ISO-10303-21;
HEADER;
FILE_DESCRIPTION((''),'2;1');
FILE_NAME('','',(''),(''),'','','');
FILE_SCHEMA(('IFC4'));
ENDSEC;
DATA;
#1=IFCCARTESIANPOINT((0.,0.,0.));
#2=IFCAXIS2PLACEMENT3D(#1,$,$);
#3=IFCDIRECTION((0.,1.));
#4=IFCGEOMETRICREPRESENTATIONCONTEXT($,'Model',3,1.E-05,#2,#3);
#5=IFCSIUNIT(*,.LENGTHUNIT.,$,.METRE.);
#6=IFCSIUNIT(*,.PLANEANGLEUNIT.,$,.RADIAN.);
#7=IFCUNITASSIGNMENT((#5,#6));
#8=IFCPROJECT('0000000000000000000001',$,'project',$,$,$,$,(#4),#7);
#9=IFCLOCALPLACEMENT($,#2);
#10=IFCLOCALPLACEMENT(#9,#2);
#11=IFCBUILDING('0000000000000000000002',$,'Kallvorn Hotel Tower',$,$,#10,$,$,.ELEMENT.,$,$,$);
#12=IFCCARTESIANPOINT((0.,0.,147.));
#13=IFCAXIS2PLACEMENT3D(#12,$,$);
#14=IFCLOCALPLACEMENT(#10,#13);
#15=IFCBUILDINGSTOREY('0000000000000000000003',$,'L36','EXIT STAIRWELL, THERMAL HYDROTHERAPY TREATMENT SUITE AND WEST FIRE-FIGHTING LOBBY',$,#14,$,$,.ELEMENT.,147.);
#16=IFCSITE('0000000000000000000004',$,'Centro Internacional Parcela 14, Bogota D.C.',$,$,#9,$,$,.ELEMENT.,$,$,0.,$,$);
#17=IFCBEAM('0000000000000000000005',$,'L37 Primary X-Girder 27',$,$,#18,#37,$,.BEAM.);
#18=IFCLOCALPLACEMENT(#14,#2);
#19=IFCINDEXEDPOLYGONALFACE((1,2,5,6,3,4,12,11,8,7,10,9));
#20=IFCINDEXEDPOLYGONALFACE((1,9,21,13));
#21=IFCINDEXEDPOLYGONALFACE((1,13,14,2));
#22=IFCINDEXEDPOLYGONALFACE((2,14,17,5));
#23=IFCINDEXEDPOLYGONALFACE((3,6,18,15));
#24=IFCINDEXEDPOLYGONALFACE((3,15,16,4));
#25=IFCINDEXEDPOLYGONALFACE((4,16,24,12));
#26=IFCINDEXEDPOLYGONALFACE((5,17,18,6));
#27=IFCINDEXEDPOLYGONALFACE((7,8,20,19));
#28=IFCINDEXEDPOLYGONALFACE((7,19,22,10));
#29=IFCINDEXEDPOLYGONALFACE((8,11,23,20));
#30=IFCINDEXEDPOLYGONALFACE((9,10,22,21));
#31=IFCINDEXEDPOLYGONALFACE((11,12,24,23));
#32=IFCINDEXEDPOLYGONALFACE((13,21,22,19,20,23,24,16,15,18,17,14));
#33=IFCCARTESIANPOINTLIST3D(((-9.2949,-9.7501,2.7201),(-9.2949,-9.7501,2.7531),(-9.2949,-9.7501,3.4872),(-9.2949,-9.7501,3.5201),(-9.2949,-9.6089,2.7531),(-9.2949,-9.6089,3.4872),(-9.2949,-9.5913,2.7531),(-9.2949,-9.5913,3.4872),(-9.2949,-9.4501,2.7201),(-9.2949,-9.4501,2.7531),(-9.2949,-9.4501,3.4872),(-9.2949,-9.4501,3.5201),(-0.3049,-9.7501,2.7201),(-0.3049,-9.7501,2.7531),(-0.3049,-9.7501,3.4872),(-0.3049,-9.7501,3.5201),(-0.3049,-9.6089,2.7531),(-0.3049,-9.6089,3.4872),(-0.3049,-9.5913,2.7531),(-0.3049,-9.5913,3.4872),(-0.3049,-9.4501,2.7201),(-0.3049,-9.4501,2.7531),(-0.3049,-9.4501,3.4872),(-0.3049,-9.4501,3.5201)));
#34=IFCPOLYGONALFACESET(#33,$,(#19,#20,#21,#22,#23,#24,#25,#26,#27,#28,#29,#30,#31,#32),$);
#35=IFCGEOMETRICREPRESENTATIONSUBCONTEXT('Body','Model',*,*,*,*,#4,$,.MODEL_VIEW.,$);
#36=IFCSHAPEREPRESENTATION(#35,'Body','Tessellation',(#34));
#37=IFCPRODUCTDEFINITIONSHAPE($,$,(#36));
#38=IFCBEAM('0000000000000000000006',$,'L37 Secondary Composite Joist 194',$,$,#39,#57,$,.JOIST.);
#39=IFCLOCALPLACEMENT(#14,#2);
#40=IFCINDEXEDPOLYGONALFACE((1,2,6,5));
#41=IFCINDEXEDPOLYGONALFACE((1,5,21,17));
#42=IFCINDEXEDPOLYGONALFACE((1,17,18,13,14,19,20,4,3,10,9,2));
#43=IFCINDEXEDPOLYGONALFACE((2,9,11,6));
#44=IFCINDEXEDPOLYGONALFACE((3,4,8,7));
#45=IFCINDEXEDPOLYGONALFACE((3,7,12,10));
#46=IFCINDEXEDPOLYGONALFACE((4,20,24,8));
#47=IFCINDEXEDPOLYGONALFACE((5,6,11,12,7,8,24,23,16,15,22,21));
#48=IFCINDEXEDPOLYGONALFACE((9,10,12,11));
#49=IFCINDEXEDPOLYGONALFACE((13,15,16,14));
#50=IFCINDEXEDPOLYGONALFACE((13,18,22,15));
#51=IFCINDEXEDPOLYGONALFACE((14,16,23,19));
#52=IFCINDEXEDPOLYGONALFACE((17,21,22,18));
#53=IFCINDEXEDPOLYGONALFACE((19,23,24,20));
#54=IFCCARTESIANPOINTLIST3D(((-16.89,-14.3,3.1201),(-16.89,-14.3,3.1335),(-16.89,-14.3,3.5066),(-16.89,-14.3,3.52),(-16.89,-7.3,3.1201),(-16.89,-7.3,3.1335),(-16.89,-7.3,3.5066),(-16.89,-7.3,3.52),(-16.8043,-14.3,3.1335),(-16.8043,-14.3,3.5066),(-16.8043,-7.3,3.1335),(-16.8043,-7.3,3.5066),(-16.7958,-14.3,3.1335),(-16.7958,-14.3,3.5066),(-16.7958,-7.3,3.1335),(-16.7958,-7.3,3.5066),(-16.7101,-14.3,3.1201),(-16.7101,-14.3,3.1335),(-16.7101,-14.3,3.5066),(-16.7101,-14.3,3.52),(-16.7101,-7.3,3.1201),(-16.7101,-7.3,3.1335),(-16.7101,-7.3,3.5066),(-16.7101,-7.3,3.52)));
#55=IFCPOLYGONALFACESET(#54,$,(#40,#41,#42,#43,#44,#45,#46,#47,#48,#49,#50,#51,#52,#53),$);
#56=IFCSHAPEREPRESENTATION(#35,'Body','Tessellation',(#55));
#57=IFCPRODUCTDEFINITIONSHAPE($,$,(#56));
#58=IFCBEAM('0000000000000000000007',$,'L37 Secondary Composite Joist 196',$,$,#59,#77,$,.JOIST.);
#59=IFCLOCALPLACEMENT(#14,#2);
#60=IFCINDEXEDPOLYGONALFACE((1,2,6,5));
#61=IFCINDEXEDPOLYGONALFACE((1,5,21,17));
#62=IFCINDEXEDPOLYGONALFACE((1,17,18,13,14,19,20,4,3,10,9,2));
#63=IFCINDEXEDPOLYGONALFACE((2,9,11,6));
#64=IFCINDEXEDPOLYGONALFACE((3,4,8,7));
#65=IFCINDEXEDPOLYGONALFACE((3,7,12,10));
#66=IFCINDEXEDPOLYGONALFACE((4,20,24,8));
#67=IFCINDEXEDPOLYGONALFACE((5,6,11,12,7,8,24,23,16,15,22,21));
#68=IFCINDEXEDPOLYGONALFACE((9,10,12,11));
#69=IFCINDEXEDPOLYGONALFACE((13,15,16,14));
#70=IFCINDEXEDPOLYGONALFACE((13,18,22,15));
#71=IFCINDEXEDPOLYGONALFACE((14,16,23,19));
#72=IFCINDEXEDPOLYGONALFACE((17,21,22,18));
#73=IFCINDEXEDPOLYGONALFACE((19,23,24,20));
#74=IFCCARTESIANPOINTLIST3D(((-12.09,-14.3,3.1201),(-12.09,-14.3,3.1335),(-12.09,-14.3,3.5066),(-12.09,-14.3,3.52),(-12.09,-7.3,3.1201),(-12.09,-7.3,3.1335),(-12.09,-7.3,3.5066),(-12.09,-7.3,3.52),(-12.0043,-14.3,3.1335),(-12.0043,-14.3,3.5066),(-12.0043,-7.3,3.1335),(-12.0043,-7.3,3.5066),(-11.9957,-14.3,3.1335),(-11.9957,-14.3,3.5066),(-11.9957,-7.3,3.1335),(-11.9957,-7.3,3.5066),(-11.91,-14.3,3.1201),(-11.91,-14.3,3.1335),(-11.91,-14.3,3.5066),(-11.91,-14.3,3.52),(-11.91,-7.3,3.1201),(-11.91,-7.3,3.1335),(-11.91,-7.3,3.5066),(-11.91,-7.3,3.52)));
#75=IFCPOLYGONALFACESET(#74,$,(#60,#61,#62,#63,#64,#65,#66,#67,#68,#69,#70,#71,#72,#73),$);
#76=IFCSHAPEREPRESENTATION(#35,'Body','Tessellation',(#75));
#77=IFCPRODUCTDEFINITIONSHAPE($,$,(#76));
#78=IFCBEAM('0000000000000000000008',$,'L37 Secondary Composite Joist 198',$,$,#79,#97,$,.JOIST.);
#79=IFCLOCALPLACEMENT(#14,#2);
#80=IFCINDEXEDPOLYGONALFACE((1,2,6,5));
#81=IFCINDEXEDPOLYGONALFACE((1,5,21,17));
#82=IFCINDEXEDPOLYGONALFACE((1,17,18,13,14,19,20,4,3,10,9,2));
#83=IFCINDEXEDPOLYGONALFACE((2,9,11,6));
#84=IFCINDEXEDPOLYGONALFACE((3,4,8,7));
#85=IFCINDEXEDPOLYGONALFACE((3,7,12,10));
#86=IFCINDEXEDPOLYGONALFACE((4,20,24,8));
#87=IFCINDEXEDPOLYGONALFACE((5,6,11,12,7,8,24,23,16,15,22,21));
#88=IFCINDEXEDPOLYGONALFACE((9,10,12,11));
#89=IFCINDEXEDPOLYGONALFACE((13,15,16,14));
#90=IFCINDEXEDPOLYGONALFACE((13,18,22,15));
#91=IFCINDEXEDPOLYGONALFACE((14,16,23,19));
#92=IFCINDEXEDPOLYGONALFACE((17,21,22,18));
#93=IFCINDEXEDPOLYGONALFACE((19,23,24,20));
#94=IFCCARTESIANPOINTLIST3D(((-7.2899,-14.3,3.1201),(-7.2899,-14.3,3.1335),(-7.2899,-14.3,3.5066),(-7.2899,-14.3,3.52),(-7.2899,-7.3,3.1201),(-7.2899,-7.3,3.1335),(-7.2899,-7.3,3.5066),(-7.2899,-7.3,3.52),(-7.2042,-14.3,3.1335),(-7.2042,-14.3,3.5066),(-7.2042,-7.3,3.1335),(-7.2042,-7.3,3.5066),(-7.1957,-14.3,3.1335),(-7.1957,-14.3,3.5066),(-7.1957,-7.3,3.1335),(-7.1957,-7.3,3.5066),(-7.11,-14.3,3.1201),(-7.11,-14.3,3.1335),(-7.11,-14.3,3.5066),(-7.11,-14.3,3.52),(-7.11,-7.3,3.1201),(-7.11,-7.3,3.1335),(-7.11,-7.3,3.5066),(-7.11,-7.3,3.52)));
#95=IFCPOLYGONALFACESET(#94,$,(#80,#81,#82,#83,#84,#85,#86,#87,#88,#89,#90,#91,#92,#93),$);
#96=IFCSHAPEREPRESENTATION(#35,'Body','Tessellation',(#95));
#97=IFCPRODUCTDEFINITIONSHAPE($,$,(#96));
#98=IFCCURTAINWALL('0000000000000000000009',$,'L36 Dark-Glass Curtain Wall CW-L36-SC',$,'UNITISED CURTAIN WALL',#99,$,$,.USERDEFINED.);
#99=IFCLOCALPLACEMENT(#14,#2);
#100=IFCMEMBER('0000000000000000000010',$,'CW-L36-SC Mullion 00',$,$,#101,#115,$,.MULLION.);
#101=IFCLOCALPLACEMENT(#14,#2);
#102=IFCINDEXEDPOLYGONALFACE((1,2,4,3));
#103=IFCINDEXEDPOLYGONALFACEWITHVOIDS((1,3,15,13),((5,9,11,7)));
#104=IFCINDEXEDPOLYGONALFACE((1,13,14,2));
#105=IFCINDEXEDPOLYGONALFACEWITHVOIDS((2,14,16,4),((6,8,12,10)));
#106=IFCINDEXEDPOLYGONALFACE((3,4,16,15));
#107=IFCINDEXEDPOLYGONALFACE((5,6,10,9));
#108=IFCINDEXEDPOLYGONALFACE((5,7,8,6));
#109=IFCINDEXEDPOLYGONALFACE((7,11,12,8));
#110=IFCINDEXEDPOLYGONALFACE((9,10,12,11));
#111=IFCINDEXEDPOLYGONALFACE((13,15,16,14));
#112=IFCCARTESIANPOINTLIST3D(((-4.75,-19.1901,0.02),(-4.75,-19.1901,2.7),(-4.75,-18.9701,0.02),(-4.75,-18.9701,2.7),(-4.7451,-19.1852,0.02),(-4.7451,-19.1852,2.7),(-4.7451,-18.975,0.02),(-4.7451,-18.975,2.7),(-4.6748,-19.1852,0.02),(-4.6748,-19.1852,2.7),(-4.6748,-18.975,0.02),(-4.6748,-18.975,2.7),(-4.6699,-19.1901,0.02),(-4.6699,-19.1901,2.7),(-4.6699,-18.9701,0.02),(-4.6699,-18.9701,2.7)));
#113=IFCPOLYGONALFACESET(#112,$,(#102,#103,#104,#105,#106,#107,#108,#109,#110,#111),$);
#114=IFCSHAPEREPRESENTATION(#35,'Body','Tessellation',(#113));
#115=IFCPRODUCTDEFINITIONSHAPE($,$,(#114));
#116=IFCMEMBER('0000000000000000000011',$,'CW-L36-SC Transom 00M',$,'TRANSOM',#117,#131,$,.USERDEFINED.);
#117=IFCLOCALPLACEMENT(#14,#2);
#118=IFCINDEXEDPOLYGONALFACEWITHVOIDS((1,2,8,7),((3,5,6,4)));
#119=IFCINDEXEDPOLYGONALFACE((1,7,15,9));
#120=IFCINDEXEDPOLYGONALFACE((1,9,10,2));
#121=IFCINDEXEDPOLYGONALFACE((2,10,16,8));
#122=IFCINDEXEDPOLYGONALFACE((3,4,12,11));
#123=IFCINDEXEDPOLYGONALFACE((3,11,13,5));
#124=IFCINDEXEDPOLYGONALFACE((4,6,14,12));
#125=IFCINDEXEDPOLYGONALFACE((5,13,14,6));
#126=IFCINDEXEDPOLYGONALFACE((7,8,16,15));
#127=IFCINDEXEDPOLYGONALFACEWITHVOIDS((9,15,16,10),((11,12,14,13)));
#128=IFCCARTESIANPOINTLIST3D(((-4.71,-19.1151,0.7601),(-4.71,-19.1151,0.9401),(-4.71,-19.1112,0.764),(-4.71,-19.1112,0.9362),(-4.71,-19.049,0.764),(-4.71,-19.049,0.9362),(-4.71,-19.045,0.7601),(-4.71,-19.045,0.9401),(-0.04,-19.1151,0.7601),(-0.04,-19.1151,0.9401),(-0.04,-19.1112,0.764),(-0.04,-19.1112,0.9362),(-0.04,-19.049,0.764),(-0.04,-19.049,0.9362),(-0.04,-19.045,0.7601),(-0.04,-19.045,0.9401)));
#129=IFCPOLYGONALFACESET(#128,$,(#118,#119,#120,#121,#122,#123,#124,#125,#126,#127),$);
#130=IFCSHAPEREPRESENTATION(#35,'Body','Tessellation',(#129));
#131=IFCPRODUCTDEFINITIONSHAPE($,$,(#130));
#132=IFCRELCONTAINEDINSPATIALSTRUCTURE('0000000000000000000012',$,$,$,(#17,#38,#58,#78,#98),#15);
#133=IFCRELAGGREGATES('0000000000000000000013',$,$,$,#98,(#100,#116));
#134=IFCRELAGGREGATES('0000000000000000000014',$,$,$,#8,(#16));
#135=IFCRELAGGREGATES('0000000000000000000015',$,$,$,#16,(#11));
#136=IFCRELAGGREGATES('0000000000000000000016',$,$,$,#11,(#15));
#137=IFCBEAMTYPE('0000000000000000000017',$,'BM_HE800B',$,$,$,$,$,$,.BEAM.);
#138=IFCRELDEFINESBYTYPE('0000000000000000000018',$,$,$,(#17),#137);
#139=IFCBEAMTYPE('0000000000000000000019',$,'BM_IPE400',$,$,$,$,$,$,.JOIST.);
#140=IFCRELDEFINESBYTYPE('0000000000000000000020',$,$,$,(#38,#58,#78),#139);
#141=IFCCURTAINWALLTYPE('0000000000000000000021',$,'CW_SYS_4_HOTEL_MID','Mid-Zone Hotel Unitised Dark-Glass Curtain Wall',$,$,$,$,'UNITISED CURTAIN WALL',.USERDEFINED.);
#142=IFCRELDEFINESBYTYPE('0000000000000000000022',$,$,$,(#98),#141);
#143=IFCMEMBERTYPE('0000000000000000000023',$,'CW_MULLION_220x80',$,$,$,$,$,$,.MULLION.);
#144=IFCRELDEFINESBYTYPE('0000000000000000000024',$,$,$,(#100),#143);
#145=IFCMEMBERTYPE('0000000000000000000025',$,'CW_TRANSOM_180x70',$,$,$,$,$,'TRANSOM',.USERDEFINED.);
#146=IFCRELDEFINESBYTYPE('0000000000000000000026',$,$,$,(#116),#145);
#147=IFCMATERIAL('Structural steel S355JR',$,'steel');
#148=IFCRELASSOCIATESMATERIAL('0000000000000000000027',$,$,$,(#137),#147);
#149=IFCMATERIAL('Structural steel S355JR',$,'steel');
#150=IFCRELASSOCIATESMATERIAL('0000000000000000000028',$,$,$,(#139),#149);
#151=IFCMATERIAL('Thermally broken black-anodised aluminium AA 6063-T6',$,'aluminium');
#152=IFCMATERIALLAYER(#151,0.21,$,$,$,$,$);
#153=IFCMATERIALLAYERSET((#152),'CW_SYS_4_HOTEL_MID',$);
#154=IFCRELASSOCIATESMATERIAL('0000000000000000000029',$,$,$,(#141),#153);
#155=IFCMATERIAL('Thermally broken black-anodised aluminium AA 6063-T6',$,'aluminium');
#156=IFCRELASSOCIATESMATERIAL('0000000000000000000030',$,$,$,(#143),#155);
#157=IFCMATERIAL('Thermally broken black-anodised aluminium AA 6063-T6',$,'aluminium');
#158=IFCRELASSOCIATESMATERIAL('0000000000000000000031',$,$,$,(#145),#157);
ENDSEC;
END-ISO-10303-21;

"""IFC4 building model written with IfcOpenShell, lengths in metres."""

from ifc_helpers import new_model, si_unit, direction, frame, origin, origin_2d, place, context, subcontext, project, spatial, hollow_rectangle, i_section, extrude, material, layer, layer_set, material_profile, profile_set, type_object, element, aggregate, save


model = new_model("IFC4")

# Units and contexts
model_context = context("Model", 3, precision=1e-05, world=origin(), true_north=direction((0.0, 1.0)))
body_context = subcontext(model_context, "Body", "Model", "MODEL_VIEW")
ifc_project = project(units=[si_unit("LENGTHUNIT", "METRE"), si_unit("PLANEANGLEUNIT", "RADIAN")], contexts=[model_context])

# Site, building, storey
site_placement = place(None, origin())
site = spatial("IfcSite", under=ifc_project, at=site_placement, Name="Centro Internacional Parcela 14, Bogota D.C.", CompositionType="ELEMENT", RefElevation=0.0)
building_placement = place(site_placement, origin())
building = spatial("IfcBuilding", under=site, at=building_placement, Name="Kallvorn Hotel Tower", CompositionType="ELEMENT")
storey_placement = place(building_placement, frame((0.0, 0.0, 147.0)))
storey = spatial("IfcBuildingStorey", under=building, at=storey_placement, Name="L36", Description="EXIT STAIRWELL, THERMAL HYDROTHERAPY TREATMENT SUITE AND WEST FIRE-FIGHTING LOBBY", CompositionType="ELEMENT", Elevation=147.0)

# Beams
ifc_material_1 = material(Name="Structural steel S355JR", Category="steel")
ifc_material_profile_1 = material_profile(ifc_material_1, i_section(OverallWidth=0.3, OverallDepth=0.8, WebThickness=0.0176, FlangeThickness=0.033, at=origin_2d()), Name="HE 800 B")
ifc_profile_set_1 = profile_set([ifc_material_profile_1], Name="Structural steel S355JR")
beam_type_1 = type_object("IfcBeamType", Name="BM_HE800B", PredefinedType="BEAM", material=ifc_profile_set_1)
for number, where, z_axis, x_axis, name in (
    (1, (-9.2949, -9.6001, 3.1201), (1.0, 0.0, 0.0), (0.0, 1.0, 0.0), "L37 Primary X-Girder 27"),
):
    element("IfcBeam", number, at=place(storey_placement, frame(where, z_axis=z_axis, x_axis=x_axis)), inside=storey, type_object=beam_type_1, Name=name, PredefinedType="BEAM", context=body_context, shape_type="SweptSolid", body=[
        extrude(i_section(OverallWidth=0.3, OverallDepth=0.8, WebThickness=0.0176, FlangeThickness=0.033, at=origin_2d()), origin(), (0.0, 0.0, 1.0), 8.99),
    ])
ifc_material_2 = material(Name="Structural steel S355JR", Category="steel")
ifc_material_profile_2 = material_profile(ifc_material_2, i_section(OverallWidth=0.1799, OverallDepth=0.3999, WebThickness=0.0085, FlangeThickness=0.0134, at=origin_2d()), Name="IPE 400")
ifc_profile_set_2 = profile_set([ifc_material_profile_2], Name="Structural steel S355JR")
beam_type_2 = type_object("IfcBeamType", Name="BM_IPE400", PredefinedType="JOIST", material=ifc_profile_set_2)
for number, where, z_axis, x_axis, name in (
    (2, (-16.8, -14.3, 3.3201), (0.0, 1.0, 0.0), (-1.0, 0.0, 0.0), "L37 Secondary Composite Joist 194"),
    (3, (-12.0, -14.3, 3.3201), (0.0, 1.0, 0.0), (-1.0, 0.0, 0.0), "L37 Secondary Composite Joist 196"),
    (4, (-7.2, -14.3, 3.3201), (0.0, 1.0, 0.0), (-1.0, 0.0, 0.0), "L37 Secondary Composite Joist 198"),
):
    element("IfcBeam", number, at=place(storey_placement, frame(where, z_axis=z_axis, x_axis=x_axis)), inside=storey, type_object=beam_type_2, Name=name, PredefinedType="JOIST", context=body_context, shape_type="SweptSolid", body=[
        extrude(i_section(OverallWidth=0.1799, OverallDepth=0.3999, WebThickness=0.0085, FlangeThickness=0.0134, at=origin_2d()), origin(), (0.0, 0.0, 1.0), 7.0),
    ])

# Curtain wall, members
ifc_material_3 = material(Name="Thermally broken black-anodised aluminium AA 6063-T6", Category="aluminium")
ifc_layer_1 = layer(ifc_material_3, 0.21)
ifc_layer_set_1 = layer_set([ifc_layer_1], Name="CW_SYS_4_HOTEL_MID")
curtain_wall_type = type_object("IfcCurtainWallType", Name="CW_SYS_4_HOTEL_MID", Description="Mid-Zone Hotel Unitised Dark-Glass Curtain Wall", ElementType="UNITISED CURTAIN WALL", PredefinedType="USERDEFINED", material=ifc_layer_set_1)
curtain_wall_placement = place(storey_placement, origin())
curtain_wall = element("IfcCurtainWall", 5, at=curtain_wall_placement, inside=storey, type_object=curtain_wall_type, Name="L36 Dark-Glass Curtain Wall CW-L36-SC", ObjectType="UNITISED CURTAIN WALL", PredefinedType="USERDEFINED")
ifc_material_4 = material(Name="Thermally broken black-anodised aluminium AA 6063-T6", Category="aluminium")
ifc_material_profile_3 = material_profile(ifc_material_4, hollow_rectangle(XDim=0.0801, YDim=0.22, WallThickness=0.0049, at=origin_2d()), Name="MUL 220x80")
ifc_profile_set_3 = profile_set([ifc_material_profile_3], Name="Thermally broken black-anodised aluminium AA 6063-T6")
member_type_1 = type_object("IfcMemberType", Name="CW_MULLION_220x80", PredefinedType="MULLION", material=ifc_profile_set_3)
member_1_placement = place(storey_placement, frame((-4.71, -19.0801, 0.02), z_axis=(0.0, 0.0, 1.0), x_axis=(1.0, 0.0, 0.0)))
member_1 = element("IfcMember", 6, at=member_1_placement, type_object=member_type_1, Name="CW-L36-SC Mullion 00", PredefinedType="MULLION", context=body_context, shape_type="SweptSolid", body=[
    extrude(hollow_rectangle(XDim=0.0801, YDim=0.22, WallThickness=0.0049, at=origin_2d()), origin(), (0.0, 0.0, 1.0), 2.6799),
])
ifc_material_5 = material(Name="Thermally broken black-anodised aluminium AA 6063-T6", Category="aluminium")
ifc_material_profile_4 = material_profile(ifc_material_5, hollow_rectangle(XDim=0.0701, YDim=0.1799, WallThickness=0.0039, at=origin_2d()), Name="TRN 180x70")
ifc_profile_set_4 = profile_set([ifc_material_profile_4], Name="Thermally broken black-anodised aluminium AA 6063-T6")
member_type_2 = type_object("IfcMemberType", Name="CW_TRANSOM_180x70", ElementType="TRANSOM", PredefinedType="USERDEFINED", material=ifc_profile_set_4)
member_2_placement = place(storey_placement, frame((-4.71, -19.0801, 0.8501), z_axis=(1.0, 0.0, 0.0), x_axis=(0.0, 1.0, 0.0)))
member_2 = element("IfcMember", 7, at=member_2_placement, type_object=member_type_2, Name="CW-L36-SC Transom 00M", ObjectType="TRANSOM", PredefinedType="USERDEFINED", context=body_context, shape_type="SweptSolid", body=[
    extrude(hollow_rectangle(XDim=0.0701, YDim=0.1799, WallThickness=0.0039, at=origin_2d()), origin(), (0.0, 0.0, 1.0), 4.6699),
])
aggregate(curtain_wall, [member_1, member_2])

save(model, "model.ifc")
